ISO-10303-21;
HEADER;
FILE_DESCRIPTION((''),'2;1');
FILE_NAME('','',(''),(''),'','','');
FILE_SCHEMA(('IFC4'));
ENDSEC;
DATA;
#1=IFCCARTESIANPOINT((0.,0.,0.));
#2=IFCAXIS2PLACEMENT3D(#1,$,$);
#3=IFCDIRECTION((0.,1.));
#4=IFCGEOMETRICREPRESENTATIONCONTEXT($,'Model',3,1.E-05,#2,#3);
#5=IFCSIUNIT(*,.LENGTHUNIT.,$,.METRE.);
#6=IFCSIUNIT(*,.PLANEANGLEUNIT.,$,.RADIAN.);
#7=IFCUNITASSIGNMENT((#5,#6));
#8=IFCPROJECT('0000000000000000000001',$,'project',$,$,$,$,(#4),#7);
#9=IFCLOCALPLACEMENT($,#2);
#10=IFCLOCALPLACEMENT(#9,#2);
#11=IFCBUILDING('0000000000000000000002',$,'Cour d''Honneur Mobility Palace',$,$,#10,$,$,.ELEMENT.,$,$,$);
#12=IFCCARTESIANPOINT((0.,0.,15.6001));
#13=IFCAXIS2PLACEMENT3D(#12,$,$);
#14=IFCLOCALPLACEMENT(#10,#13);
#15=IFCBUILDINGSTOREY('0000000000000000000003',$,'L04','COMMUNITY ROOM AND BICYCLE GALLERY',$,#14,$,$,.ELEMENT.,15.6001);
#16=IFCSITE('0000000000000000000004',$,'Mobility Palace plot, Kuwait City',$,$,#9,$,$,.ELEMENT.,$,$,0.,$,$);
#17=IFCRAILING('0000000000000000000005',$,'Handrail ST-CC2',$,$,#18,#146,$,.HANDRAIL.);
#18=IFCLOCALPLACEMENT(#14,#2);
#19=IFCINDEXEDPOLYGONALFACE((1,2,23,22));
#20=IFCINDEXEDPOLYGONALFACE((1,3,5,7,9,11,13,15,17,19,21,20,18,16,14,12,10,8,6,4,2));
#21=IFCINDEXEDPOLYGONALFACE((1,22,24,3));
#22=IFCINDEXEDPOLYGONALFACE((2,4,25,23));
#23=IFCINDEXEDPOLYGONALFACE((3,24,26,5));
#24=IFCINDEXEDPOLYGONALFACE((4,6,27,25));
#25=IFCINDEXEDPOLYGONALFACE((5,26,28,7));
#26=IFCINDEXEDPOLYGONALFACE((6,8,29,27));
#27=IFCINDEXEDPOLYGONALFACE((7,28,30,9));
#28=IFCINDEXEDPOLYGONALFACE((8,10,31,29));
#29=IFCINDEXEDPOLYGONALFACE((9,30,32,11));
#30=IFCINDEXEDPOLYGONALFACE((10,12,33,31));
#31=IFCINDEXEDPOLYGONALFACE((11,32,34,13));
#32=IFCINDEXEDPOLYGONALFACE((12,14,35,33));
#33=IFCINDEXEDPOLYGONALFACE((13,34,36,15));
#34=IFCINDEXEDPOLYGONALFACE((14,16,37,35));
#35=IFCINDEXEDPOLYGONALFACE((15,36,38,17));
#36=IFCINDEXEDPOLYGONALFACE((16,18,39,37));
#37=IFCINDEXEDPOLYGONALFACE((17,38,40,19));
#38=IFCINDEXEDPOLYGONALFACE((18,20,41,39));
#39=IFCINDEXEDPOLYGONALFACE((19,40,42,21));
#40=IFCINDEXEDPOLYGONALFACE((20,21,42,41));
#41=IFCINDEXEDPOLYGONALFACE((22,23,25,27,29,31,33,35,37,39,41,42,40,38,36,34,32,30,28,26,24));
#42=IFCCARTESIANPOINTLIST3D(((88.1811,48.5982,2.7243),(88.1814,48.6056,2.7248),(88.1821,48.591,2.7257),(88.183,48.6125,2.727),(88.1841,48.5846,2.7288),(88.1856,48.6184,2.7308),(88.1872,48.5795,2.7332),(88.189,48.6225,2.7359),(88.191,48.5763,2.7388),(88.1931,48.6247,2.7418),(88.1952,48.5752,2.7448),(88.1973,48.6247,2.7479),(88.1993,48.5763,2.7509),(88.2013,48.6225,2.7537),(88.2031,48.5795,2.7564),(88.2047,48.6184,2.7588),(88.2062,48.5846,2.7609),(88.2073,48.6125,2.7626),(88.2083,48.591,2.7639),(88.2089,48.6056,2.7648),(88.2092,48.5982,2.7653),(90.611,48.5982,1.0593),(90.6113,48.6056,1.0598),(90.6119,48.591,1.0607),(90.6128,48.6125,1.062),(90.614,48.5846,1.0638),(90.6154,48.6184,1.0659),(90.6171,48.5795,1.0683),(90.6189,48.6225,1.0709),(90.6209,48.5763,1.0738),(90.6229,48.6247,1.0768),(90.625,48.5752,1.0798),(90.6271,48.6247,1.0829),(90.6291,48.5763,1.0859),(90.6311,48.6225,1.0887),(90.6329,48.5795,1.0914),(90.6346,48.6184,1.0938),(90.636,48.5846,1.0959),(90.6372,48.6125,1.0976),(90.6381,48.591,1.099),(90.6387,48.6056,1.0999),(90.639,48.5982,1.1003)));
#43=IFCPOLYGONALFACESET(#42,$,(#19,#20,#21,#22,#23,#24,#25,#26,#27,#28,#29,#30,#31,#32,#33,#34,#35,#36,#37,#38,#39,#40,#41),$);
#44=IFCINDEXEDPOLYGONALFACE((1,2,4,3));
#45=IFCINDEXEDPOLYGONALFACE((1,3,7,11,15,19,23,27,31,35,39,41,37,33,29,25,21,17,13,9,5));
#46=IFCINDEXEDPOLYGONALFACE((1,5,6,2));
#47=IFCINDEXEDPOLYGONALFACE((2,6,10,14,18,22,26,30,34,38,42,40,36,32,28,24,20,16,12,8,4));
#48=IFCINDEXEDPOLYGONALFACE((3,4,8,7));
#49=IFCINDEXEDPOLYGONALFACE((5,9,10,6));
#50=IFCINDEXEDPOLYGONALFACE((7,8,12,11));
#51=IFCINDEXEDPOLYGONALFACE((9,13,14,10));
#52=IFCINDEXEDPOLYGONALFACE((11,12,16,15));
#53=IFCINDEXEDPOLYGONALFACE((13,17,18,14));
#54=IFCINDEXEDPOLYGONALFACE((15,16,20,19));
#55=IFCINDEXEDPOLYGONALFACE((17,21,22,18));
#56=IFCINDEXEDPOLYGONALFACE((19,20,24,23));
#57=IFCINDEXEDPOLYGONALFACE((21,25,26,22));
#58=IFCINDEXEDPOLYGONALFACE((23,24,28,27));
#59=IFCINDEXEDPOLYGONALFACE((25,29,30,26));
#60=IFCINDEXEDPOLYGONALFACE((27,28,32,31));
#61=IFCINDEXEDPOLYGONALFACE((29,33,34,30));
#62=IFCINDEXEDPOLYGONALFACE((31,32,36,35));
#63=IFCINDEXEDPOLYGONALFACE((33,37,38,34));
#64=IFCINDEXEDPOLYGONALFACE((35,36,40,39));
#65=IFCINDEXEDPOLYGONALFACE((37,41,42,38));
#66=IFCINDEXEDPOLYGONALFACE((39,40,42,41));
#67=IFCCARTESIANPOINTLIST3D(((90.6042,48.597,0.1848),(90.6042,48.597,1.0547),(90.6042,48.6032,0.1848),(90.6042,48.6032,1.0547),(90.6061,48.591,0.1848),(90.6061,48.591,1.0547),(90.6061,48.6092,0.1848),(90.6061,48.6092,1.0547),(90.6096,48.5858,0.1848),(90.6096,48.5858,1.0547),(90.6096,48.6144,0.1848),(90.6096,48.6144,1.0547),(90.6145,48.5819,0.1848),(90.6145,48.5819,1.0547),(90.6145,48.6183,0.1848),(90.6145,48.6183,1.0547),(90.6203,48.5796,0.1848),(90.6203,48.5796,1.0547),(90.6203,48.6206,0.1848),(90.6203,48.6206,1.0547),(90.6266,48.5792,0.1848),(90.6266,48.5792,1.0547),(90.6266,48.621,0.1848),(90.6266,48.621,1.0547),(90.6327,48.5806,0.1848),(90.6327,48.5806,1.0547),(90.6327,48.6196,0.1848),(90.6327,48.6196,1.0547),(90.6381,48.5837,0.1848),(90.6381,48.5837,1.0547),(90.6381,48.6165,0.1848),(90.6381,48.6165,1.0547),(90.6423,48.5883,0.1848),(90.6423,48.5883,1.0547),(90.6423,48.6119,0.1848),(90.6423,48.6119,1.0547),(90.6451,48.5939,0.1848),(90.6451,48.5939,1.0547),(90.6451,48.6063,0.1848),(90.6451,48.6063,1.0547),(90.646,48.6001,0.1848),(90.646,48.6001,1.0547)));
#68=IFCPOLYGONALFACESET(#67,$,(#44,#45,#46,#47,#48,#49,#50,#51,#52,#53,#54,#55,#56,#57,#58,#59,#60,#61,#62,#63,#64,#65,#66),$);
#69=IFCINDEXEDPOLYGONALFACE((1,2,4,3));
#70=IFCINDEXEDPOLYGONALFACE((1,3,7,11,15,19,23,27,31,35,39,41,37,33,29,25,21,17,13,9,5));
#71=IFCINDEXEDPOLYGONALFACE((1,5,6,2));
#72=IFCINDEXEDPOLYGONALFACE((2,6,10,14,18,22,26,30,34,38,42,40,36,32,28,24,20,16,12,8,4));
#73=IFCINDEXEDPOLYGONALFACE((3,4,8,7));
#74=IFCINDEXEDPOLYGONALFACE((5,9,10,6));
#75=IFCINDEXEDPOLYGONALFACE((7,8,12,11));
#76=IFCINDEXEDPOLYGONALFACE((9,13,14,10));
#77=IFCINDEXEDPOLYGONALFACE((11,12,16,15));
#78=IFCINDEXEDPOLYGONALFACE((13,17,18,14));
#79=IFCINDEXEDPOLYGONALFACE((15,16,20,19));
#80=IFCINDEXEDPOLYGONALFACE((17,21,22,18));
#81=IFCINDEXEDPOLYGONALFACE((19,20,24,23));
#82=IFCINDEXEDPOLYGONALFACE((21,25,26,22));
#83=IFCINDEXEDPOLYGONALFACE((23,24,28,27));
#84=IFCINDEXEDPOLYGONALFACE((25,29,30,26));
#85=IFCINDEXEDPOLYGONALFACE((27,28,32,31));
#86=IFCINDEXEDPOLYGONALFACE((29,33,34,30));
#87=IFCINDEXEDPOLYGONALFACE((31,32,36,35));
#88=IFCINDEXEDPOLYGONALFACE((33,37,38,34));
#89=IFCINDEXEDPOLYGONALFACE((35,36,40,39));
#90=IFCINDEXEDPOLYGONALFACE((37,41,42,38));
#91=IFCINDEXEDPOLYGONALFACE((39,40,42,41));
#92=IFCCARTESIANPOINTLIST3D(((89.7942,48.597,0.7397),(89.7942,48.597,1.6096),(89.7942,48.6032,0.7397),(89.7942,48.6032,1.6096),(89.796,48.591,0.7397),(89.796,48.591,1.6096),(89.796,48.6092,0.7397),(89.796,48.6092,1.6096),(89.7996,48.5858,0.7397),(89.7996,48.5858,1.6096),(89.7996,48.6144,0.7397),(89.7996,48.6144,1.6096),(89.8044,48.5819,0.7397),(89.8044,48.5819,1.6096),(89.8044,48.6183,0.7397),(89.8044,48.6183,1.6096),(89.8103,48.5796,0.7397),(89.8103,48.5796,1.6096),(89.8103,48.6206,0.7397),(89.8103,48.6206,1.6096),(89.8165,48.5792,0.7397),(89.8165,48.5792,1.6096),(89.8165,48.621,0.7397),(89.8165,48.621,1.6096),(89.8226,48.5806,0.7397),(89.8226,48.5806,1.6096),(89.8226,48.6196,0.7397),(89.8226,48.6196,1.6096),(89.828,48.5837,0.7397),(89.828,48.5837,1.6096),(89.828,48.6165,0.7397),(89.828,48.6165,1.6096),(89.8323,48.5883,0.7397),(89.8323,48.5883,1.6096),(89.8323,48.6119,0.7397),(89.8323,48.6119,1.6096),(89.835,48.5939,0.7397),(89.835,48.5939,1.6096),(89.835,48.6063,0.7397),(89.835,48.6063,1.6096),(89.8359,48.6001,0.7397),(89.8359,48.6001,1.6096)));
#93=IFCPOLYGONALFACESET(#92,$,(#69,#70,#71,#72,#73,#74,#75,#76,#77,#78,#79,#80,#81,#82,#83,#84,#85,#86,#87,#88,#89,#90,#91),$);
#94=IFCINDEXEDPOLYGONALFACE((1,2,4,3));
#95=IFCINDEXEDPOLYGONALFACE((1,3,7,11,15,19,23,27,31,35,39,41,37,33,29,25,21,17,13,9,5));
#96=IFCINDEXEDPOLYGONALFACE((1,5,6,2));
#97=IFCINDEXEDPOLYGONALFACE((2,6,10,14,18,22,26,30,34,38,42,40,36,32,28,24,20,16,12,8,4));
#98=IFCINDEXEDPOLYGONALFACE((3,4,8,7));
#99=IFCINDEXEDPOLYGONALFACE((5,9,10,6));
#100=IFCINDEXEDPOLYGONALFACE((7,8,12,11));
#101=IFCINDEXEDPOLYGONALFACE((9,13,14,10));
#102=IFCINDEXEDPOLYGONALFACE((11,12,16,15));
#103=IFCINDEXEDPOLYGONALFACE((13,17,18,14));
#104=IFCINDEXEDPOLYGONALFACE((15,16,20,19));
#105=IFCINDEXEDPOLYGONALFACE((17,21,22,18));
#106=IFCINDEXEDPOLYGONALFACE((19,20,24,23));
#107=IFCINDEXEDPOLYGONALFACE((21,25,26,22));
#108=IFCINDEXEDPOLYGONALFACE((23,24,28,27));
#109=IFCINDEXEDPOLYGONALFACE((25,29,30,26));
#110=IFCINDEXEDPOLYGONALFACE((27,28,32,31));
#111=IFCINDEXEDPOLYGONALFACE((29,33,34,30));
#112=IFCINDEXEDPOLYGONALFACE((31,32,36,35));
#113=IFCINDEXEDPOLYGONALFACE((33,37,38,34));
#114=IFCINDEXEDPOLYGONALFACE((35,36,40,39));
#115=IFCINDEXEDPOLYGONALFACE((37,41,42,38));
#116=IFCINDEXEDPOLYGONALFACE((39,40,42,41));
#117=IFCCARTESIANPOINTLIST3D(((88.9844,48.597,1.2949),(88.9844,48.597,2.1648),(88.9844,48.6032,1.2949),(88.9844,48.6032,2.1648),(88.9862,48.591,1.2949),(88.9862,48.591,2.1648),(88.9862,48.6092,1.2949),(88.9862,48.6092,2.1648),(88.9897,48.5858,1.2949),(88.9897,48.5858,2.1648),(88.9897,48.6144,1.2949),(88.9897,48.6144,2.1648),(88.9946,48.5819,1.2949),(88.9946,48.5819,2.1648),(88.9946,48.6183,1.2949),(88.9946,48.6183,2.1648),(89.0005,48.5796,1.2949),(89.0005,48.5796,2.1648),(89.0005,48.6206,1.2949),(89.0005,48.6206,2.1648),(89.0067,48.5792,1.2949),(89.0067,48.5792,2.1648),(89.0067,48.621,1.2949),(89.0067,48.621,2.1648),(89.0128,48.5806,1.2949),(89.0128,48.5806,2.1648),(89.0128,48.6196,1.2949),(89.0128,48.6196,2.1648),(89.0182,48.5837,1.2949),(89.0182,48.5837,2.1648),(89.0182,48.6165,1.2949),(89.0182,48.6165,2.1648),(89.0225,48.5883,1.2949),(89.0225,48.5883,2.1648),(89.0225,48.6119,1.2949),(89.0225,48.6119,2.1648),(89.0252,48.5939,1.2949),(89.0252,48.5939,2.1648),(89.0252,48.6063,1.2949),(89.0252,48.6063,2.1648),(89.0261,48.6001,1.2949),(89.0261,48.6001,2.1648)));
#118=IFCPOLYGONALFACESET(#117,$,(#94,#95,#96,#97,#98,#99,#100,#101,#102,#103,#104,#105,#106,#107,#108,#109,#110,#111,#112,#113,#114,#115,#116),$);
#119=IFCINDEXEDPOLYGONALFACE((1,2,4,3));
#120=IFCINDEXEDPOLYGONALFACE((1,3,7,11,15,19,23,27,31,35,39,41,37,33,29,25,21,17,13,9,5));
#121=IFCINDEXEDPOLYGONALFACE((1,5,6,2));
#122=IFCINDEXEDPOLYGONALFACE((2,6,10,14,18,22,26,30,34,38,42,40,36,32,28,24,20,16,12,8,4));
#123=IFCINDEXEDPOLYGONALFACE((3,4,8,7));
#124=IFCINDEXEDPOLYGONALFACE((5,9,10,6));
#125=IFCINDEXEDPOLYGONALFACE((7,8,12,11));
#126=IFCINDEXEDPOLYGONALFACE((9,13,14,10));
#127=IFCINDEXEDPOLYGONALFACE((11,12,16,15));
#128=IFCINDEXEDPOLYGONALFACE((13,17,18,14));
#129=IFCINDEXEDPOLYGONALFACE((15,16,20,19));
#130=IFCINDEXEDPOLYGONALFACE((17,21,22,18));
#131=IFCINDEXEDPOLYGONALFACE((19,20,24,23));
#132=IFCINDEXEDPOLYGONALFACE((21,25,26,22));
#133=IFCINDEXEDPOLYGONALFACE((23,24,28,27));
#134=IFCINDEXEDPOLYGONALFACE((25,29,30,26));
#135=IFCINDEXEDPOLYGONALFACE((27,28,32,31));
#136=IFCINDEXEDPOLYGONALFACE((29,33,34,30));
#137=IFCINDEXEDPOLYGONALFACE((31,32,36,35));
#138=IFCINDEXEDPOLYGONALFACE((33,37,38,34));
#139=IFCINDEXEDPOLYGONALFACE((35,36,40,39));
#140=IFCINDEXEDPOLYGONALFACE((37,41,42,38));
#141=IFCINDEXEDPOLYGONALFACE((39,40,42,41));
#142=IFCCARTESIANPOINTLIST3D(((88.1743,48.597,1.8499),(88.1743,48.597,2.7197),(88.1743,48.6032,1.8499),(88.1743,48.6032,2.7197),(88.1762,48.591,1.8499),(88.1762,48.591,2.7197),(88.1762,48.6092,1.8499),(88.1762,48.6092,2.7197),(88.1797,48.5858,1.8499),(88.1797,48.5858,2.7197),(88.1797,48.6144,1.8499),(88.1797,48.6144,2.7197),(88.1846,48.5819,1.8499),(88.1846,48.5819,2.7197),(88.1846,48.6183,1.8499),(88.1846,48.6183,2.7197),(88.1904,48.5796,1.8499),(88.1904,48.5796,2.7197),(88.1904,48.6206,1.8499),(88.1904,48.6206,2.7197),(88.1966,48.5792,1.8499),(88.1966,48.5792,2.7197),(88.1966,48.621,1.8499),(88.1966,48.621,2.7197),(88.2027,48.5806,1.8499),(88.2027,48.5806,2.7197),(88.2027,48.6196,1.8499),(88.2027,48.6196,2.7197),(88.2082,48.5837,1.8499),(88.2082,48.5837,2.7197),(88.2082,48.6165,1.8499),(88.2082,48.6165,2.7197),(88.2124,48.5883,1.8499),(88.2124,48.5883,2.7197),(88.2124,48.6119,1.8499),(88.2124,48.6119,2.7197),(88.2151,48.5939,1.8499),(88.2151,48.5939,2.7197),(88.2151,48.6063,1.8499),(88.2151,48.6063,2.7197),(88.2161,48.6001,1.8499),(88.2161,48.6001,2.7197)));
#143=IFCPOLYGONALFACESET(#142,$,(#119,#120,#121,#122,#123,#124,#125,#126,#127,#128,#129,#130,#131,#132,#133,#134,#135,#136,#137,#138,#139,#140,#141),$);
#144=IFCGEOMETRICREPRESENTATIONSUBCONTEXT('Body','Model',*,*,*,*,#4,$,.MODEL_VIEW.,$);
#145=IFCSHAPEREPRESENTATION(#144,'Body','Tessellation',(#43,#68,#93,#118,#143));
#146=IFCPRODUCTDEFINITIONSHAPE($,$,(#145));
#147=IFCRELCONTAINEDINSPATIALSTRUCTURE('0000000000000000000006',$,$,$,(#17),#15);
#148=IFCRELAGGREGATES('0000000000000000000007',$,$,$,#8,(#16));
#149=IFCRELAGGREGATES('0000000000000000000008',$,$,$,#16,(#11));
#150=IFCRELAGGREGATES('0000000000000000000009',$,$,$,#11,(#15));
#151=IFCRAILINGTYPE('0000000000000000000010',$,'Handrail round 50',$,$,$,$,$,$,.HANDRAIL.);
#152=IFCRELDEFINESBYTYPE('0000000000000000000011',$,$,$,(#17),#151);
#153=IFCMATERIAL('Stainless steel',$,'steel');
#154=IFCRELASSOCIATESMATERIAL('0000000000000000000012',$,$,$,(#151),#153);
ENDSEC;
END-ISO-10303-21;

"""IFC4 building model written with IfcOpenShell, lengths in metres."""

from ifc_helpers import new_model, si_unit, direction, frame, origin, origin_2d, place, context, subcontext, project, spatial, circle, extrude, material, type_object, element, save


model = new_model("IFC4")

# Units and contexts
model_context = context("Model", 3, precision=1e-05, world=origin(), true_north=direction((0.0, 1.0)))
body_context = subcontext(model_context, "Body", "Model", "MODEL_VIEW")
ifc_project = project(units=[si_unit("LENGTHUNIT", "METRE"), si_unit("PLANEANGLEUNIT", "RADIAN")], contexts=[model_context])

# Site, building, storey
site_placement = place(None, origin())
site = spatial("IfcSite", under=ifc_project, at=site_placement, Name="Mobility Palace plot, Kuwait City", CompositionType="ELEMENT", RefElevation=0.0)
building_placement = place(site_placement, origin())
building = spatial("IfcBuilding", under=site, at=building_placement, Name="Cour d'Honneur Mobility Palace", CompositionType="ELEMENT")
storey_placement = place(building_placement, frame((0.0, 0.0, 15.6001)))
storey = spatial("IfcBuildingStorey", under=building, at=storey_placement, Name="L04", Description="COMMUNITY ROOM AND BICYCLE GALLERY", CompositionType="ELEMENT", Elevation=15.6001)

# Railing
ifc_material_1 = material(Name="Stainless steel", Category="steel")
railing_type_1 = type_object("IfcRailingType", Name="Handrail round 50", PredefinedType="HANDRAIL", material=ifc_material_1)
railing_1_placement = place(storey_placement, frame((90.625, 48.6001, 0.1848)))
element("IfcRailing", 1, at=railing_1_placement, inside=storey, type_object=railing_type_1, Name="Handrail ST-CC2", PredefinedType="HANDRAIL", context=body_context, shape_type="SweptSolid", body=[
    extrude(circle(Radius=0.0249, at=origin_2d()), frame((0.0, 0.0, 0.895), z_axis=(-0.824919, 0.0, 0.565251), x_axis=(0.0, -1.0, 0.0)), (0.0, 0.0, 1.0), 2.9456),
    extrude(circle(Radius=0.021, at=origin_2d()), origin(), (0.0, 0.0, 1.0), 0.8699),
    extrude(circle(Radius=0.021, at=origin_2d()), frame((-0.8101, 0.0, 0.5549)), (0.0, 0.0, 1.0), 0.8699),
    extrude(circle(Radius=0.021, at=origin_2d()), frame((-1.6199, 0.0, 1.1101)), (0.0, 0.0, 1.0), 0.8699),
    extrude(circle(Radius=0.021, at=origin_2d()), frame((-2.4299, 0.0, 1.665)), (0.0, 0.0, 1.0), 0.8699),
])

save(model, "model.ifc")
